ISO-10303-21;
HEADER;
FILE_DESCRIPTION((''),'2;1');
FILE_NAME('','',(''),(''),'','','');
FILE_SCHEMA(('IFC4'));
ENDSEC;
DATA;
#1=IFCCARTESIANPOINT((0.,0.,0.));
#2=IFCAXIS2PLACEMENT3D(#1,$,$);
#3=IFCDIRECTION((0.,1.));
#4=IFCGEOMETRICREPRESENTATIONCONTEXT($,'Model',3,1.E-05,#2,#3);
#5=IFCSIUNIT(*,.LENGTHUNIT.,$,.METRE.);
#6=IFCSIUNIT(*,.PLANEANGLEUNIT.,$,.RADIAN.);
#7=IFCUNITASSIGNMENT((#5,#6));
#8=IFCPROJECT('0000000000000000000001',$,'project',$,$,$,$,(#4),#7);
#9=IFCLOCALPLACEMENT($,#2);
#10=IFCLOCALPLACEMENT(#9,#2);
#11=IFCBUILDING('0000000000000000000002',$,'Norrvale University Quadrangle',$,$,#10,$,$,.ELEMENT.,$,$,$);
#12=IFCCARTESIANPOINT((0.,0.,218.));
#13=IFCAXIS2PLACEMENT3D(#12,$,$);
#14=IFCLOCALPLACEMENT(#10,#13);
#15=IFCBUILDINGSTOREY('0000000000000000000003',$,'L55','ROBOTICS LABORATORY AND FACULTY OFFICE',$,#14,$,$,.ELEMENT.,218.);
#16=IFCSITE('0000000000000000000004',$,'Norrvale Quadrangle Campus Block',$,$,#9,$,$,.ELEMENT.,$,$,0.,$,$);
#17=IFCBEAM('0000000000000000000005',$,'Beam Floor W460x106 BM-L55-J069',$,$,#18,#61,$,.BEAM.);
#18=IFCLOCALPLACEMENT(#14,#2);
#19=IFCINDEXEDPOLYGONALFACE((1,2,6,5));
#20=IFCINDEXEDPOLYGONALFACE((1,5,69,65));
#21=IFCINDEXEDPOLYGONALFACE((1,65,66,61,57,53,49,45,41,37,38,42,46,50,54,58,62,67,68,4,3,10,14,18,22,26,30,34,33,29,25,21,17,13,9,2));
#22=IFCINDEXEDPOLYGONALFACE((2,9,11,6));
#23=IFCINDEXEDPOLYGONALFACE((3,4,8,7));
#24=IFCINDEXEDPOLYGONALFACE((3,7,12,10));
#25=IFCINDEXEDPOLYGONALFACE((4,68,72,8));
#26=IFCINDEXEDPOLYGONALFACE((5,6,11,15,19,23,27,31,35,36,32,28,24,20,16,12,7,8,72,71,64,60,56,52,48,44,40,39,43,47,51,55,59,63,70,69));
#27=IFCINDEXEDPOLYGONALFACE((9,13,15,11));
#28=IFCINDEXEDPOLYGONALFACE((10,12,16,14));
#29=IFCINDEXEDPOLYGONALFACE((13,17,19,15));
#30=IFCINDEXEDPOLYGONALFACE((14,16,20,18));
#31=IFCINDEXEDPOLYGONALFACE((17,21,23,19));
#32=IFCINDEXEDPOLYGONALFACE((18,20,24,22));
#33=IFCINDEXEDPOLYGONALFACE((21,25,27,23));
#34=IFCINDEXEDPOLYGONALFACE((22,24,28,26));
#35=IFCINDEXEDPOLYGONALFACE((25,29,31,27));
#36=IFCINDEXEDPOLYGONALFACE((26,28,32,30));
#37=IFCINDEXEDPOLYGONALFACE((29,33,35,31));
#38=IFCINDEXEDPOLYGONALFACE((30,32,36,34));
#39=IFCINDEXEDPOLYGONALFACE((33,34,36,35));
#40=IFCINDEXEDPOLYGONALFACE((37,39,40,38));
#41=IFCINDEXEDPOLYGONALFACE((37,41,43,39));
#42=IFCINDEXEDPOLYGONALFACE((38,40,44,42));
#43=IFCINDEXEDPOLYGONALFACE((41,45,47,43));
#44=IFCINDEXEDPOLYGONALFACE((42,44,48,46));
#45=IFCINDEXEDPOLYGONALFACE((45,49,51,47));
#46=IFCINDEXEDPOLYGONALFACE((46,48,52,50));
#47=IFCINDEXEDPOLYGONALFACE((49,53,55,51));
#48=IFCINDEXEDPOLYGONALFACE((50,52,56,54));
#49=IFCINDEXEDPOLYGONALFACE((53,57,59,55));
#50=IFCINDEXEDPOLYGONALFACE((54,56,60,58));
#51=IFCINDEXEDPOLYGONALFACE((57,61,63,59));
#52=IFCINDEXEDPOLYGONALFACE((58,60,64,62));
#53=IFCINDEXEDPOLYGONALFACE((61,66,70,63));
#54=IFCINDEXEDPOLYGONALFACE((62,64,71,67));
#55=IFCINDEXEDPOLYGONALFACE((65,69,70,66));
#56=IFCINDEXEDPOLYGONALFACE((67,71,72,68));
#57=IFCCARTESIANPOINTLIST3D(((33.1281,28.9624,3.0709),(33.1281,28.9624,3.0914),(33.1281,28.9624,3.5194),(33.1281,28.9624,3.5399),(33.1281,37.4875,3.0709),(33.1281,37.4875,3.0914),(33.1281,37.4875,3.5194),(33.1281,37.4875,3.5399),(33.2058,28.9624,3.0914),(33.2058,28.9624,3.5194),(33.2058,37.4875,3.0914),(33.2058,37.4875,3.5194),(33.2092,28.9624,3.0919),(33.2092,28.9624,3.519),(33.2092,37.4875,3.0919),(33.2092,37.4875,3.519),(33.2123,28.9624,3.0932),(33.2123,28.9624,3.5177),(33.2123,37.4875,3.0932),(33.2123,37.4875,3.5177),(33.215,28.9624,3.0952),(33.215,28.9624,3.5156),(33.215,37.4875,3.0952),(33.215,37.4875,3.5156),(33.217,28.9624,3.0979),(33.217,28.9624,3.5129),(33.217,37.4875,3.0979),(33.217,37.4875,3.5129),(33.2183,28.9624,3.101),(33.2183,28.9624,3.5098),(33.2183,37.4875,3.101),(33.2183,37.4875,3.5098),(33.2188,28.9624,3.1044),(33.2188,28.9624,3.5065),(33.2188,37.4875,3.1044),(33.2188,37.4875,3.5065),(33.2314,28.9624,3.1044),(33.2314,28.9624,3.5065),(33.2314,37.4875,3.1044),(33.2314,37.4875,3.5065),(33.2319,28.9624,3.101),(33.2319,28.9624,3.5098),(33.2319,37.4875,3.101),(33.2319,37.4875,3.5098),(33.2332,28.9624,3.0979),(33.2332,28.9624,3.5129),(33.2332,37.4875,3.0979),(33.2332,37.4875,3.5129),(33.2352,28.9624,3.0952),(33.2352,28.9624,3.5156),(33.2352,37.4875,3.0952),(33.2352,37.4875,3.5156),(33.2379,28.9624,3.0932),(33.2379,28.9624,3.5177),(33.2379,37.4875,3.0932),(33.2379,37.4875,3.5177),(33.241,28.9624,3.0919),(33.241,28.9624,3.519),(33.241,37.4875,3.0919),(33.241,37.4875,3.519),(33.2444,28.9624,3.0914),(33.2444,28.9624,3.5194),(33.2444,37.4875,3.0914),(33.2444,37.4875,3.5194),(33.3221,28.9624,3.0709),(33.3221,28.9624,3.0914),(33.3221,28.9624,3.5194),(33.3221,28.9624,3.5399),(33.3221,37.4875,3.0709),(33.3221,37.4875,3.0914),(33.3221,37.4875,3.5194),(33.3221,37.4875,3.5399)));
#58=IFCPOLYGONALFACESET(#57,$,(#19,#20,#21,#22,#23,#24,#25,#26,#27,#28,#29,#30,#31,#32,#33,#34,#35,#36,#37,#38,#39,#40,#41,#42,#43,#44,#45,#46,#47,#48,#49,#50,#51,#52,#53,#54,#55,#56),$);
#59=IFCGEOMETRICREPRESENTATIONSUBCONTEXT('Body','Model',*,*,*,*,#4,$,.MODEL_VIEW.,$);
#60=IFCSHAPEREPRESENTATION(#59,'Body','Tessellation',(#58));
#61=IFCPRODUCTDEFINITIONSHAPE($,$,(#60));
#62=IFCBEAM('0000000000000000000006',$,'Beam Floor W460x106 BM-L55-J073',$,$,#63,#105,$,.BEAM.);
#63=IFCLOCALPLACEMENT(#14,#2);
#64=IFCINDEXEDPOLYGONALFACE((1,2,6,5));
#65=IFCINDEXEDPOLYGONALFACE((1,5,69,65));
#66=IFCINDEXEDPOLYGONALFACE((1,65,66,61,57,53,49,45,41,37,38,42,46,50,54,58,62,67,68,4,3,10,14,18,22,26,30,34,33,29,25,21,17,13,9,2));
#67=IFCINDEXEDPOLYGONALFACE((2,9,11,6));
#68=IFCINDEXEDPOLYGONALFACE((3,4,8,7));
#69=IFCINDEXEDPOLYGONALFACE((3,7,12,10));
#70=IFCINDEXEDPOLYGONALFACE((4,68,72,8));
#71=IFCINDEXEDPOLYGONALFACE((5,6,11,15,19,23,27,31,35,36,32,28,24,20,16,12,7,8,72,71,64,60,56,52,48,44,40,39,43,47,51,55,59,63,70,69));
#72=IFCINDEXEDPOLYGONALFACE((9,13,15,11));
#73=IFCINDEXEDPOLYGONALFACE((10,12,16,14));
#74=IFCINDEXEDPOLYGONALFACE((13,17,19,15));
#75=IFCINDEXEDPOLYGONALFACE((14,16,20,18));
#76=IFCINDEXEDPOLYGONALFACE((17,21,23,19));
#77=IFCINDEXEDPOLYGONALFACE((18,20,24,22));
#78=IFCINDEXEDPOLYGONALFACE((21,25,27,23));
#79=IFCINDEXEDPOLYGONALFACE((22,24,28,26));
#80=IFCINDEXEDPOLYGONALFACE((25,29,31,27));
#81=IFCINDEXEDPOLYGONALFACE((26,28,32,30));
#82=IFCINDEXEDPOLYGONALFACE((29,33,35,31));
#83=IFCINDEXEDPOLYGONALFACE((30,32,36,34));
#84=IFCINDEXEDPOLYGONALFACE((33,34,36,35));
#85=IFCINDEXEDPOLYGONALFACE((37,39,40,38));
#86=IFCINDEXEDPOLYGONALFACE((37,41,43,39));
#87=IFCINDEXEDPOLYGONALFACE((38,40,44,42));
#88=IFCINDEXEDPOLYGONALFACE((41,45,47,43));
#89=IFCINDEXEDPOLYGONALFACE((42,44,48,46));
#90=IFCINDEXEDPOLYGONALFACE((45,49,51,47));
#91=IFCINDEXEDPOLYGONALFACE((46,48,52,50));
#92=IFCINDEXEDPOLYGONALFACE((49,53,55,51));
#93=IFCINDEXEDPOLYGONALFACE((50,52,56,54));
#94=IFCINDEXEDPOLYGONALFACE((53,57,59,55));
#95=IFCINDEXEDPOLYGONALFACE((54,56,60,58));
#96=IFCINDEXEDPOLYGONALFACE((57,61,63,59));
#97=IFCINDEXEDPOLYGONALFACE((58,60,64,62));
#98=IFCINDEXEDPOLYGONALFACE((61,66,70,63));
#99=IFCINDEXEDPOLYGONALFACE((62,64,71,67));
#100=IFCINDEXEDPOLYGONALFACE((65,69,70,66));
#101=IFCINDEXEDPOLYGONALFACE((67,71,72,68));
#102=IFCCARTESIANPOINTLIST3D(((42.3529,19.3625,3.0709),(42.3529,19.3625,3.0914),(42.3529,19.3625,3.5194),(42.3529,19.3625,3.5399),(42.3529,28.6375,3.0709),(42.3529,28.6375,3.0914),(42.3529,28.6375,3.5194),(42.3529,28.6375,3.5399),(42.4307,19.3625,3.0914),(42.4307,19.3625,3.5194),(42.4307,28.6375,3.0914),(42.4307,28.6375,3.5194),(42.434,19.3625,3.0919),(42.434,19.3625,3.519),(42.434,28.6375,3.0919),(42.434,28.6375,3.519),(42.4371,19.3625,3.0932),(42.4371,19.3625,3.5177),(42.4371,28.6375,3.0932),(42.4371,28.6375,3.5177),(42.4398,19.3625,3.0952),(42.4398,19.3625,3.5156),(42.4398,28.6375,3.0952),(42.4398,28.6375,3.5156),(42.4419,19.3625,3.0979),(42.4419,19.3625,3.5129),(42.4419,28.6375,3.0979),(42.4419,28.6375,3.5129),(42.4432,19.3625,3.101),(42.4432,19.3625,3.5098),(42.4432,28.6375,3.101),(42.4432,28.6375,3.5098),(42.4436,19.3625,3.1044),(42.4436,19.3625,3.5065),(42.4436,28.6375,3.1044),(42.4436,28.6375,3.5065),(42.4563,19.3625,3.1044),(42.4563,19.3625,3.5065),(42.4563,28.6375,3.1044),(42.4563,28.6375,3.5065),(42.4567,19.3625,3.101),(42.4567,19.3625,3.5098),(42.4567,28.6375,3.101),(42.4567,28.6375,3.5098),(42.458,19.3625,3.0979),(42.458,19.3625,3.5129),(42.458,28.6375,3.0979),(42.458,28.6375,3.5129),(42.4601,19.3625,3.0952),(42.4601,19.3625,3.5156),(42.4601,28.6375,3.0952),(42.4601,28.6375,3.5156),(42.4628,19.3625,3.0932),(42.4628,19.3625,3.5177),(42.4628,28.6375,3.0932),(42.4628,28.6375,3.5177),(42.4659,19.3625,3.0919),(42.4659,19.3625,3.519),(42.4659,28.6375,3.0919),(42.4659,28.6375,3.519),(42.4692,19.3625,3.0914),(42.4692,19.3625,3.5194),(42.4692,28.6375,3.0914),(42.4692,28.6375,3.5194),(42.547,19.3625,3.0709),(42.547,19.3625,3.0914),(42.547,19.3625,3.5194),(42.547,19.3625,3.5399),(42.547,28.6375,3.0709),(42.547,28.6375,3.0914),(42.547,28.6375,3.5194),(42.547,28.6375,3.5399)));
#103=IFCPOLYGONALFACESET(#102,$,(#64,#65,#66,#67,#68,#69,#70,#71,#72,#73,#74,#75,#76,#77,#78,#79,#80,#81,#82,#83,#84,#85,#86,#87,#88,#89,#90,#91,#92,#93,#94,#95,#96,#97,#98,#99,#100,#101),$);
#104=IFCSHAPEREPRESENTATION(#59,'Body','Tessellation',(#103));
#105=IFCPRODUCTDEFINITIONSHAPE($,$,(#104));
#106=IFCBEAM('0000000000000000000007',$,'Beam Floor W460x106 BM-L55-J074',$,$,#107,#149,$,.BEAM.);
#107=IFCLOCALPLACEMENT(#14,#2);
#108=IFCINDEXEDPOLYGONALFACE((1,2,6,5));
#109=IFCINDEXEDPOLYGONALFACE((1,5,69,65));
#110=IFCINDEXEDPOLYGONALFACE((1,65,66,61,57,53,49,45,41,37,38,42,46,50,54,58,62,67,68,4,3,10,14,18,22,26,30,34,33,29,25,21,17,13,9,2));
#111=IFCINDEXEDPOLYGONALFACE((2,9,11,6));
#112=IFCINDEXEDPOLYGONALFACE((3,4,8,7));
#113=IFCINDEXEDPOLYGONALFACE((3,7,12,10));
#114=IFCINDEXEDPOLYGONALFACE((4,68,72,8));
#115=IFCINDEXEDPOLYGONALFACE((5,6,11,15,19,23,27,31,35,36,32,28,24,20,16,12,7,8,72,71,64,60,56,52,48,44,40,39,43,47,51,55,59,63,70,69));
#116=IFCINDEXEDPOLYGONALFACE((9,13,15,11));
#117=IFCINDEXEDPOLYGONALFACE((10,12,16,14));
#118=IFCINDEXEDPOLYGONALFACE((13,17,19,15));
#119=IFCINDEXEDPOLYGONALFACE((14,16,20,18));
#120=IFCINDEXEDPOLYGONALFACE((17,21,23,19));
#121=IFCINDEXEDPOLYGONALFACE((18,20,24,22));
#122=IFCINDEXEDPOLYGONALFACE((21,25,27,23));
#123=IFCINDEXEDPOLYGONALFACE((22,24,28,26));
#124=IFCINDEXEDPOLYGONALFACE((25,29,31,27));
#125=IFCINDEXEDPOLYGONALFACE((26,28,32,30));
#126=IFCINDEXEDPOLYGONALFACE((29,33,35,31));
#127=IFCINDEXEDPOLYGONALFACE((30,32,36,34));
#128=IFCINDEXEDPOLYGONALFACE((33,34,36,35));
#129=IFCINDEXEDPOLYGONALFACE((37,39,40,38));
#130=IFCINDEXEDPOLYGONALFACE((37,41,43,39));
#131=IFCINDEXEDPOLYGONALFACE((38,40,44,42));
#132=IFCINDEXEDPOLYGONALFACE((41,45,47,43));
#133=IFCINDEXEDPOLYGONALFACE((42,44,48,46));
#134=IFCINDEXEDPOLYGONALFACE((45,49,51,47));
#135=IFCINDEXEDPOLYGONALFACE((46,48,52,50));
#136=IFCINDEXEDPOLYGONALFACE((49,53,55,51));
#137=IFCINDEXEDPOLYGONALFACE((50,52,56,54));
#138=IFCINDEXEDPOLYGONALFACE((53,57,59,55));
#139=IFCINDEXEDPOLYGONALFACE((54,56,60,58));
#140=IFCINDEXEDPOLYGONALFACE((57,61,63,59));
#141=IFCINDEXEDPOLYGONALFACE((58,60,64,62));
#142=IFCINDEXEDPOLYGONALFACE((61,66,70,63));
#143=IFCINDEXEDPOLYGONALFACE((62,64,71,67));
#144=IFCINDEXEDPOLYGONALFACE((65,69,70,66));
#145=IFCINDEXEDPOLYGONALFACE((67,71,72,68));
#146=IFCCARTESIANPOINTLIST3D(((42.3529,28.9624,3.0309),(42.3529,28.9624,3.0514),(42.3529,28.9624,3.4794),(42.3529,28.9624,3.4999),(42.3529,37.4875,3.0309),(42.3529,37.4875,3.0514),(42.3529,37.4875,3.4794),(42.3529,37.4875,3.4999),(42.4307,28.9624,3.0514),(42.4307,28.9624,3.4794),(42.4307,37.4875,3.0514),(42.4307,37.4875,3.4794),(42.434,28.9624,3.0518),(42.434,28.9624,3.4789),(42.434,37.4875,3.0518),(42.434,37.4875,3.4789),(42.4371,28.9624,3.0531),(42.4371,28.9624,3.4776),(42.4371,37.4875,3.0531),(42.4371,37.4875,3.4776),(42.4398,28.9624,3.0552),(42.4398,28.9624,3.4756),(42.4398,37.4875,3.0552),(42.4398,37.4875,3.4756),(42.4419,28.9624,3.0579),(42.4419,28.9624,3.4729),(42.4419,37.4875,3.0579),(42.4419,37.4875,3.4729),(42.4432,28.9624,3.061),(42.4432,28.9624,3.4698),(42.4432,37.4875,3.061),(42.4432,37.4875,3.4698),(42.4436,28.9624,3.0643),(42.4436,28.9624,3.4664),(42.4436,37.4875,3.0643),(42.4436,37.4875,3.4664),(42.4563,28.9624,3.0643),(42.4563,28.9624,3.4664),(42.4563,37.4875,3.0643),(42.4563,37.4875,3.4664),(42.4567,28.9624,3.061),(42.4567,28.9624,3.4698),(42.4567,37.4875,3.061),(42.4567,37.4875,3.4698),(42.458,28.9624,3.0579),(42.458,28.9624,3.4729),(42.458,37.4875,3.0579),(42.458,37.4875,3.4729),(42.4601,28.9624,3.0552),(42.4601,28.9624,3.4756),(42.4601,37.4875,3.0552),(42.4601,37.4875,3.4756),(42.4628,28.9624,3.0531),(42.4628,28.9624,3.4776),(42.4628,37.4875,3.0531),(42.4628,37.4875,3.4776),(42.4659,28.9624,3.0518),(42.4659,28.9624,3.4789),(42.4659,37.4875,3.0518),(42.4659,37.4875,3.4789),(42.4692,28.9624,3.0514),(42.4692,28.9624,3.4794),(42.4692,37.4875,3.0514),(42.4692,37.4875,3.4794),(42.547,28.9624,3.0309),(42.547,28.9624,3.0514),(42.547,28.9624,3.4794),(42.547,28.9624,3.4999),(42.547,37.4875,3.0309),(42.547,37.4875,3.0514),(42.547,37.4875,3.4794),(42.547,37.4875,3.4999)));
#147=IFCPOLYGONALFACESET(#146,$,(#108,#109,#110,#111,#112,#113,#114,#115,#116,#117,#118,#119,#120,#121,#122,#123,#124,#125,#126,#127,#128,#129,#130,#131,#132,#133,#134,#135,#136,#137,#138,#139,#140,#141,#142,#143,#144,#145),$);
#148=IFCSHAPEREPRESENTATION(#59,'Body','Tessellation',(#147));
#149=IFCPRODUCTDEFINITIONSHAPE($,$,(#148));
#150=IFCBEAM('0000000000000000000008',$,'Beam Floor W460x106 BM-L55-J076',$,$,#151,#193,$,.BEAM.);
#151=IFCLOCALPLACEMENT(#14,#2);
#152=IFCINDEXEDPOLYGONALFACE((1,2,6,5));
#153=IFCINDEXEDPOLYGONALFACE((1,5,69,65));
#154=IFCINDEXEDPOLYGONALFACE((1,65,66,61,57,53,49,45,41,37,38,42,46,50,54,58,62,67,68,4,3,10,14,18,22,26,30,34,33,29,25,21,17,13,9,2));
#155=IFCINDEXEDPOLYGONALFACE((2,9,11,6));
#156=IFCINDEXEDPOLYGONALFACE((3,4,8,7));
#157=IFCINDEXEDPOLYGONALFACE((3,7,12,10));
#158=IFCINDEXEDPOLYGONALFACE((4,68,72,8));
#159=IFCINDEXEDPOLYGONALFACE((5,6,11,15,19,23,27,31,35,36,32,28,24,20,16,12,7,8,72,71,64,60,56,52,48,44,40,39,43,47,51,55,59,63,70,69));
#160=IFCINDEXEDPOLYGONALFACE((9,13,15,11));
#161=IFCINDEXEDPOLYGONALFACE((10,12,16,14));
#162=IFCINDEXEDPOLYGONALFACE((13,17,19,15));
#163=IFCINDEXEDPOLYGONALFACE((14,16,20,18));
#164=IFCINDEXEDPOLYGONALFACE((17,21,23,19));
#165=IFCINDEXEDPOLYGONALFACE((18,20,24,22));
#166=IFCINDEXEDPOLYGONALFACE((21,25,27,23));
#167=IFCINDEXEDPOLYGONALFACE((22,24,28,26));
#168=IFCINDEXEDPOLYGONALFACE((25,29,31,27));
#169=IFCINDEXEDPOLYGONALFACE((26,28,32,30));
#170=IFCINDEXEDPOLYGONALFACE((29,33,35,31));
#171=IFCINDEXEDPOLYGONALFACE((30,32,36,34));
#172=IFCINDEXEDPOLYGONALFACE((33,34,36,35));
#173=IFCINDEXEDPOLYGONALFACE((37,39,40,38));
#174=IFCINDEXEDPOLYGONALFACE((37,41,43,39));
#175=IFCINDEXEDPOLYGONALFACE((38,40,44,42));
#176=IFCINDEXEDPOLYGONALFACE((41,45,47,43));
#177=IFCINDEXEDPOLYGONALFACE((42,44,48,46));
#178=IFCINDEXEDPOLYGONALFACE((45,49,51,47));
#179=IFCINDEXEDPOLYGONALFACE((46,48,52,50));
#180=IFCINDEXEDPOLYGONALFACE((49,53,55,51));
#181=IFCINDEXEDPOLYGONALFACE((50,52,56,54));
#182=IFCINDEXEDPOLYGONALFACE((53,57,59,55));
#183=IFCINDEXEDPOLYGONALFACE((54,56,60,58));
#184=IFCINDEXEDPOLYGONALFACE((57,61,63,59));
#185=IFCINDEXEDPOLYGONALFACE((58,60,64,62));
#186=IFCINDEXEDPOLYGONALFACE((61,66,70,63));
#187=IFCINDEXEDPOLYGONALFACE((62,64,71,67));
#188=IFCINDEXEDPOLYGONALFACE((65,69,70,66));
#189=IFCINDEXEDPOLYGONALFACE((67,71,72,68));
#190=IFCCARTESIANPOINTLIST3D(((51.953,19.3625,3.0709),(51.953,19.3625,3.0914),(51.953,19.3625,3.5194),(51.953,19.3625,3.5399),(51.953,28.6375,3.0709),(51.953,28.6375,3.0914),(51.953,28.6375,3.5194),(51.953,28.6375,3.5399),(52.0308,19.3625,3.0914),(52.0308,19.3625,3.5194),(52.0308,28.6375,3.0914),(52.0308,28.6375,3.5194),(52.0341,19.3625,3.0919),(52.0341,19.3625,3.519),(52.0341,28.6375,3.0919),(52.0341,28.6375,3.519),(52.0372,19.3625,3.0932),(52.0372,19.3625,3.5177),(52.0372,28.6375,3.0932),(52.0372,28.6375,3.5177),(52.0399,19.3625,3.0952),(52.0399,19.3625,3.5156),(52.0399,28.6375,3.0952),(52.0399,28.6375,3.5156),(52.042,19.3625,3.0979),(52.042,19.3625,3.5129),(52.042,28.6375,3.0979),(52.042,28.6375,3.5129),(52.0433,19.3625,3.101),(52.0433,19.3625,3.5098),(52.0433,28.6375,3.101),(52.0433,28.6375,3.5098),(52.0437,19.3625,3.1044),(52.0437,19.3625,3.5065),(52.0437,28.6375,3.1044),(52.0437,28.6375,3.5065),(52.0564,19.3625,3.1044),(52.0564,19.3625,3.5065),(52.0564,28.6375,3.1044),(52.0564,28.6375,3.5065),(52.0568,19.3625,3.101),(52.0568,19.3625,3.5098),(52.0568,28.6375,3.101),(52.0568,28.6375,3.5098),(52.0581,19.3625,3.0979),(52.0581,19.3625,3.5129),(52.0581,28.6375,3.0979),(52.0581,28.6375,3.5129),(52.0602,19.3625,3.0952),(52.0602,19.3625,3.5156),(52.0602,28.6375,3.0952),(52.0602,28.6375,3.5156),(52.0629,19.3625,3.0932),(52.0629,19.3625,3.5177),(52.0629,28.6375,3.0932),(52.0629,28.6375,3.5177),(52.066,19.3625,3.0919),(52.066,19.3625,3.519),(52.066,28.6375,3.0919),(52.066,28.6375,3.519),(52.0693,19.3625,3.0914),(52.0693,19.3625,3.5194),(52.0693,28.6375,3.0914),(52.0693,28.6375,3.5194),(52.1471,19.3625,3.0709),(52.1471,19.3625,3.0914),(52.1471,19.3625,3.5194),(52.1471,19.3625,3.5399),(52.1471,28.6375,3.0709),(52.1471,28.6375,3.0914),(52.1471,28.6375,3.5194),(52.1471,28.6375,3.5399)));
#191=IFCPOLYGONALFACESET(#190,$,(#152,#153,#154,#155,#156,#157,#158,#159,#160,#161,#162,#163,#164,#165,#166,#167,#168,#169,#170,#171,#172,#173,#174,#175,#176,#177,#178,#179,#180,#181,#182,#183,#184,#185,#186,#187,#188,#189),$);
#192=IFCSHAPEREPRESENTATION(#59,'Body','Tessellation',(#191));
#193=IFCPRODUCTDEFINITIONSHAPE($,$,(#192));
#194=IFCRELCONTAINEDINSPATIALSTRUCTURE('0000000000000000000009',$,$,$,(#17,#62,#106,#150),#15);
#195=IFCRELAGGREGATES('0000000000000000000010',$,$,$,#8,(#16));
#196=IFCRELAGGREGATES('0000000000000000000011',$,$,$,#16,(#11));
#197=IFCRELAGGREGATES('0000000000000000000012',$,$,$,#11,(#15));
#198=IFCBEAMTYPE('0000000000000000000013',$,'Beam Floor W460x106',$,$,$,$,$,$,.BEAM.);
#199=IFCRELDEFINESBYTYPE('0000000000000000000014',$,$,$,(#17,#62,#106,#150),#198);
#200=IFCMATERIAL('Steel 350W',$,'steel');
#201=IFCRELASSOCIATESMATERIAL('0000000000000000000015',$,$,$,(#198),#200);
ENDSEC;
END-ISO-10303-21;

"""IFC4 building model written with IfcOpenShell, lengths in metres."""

from ifc_helpers import new_model, si_unit, direction, frame, origin, origin_2d, place, context, subcontext, project, spatial, i_section, extrude, material, material_profile, profile_set, type_object, element, save


model = new_model("IFC4")

# Units and contexts
model_context = context("Model", 3, precision=1e-05, world=origin(), true_north=direction((0.0, 1.0)))
body_context = subcontext(model_context, "Body", "Model", "MODEL_VIEW")
ifc_project = project(units=[si_unit("LENGTHUNIT", "METRE"), si_unit("PLANEANGLEUNIT", "RADIAN")], contexts=[model_context])

# Site, building, storey
site_placement = place(None, origin())
site = spatial("IfcSite", under=ifc_project, at=site_placement, Name="Norrvale Quadrangle Campus Block", CompositionType="ELEMENT", RefElevation=0.0)
building_placement = place(site_placement, origin())
building = spatial("IfcBuilding", under=site, at=building_placement, Name="Norrvale University Quadrangle", CompositionType="ELEMENT")
storey_placement = place(building_placement, frame((0.0, 0.0, 218.0)))
storey = spatial("IfcBuildingStorey", under=building, at=storey_placement, Name="L55", Description="ROBOTICS LABORATORY AND FACULTY OFFICE", CompositionType="ELEMENT", Elevation=218.0)

# Beams
ifc_material_1 = material(Name="Steel 350W", Category="steel")
ifc_material_profile_1 = material_profile(ifc_material_1, i_section(OverallWidth=0.1941, OverallDepth=0.469, WebThickness=0.0127, FlangeThickness=0.0205, FilletRadius=0.0129, at=origin_2d()), Name="Steel 350W")
ifc_profile_set_1 = profile_set([ifc_material_profile_1], Name="Steel 350W")
beam_type_1 = type_object("IfcBeamType", Name="Beam Floor W460x106", PredefinedType="BEAM", material=ifc_profile_set_1)
beam_1_placement = place(storey_placement, frame((33.2251, 28.9624, 3.3054), z_axis=(0.0, 1.0, 0.0), x_axis=(-1.0, 0.0, 0.0)))
element("IfcBeam", 1, at=beam_1_placement, inside=storey, type_object=beam_type_1, Name="Beam Floor W460x106 BM-L55-J069", PredefinedType="BEAM", context=body_context, shape_type="SweptSolid", body=[
    extrude(i_section(OverallWidth=0.1941, OverallDepth=0.469, WebThickness=0.0127, FlangeThickness=0.0205, FilletRadius=0.0129, at=origin_2d()), origin(), (0.0, 0.0, 1.0), 8.5251),
])
beam_2_placement = place(storey_placement, frame((42.45, 19.3625, 3.3054), z_axis=(0.0, 1.0, 0.0), x_axis=(-1.0, 0.0, 0.0)))
element("IfcBeam", 2, at=beam_2_placement, inside=storey, type_object=beam_type_1, Name="Beam Floor W460x106 BM-L55-J073", PredefinedType="BEAM", context=body_context, shape_type="SweptSolid", body=[
    extrude(i_section(OverallWidth=0.1941, OverallDepth=0.469, WebThickness=0.0127, FlangeThickness=0.0205, FilletRadius=0.0129, at=origin_2d()), origin(), (0.0, 0.0, 1.0), 9.2749),
])
beam_3_placement = place(storey_placement, frame((42.45, 28.9624, 3.2654), z_axis=(0.0, 1.0, 0.0), x_axis=(-1.0, 0.0, 0.0)))
element("IfcBeam", 3, at=beam_3_placement, inside=storey, type_object=beam_type_1, Name="Beam Floor W460x106 BM-L55-J074", PredefinedType="BEAM", context=body_context, shape_type="SweptSolid", body=[
    extrude(i_section(OverallWidth=0.1941, OverallDepth=0.469, WebThickness=0.0127, FlangeThickness=0.0205, FilletRadius=0.0129, at=origin_2d()), origin(), (0.0, 0.0, 1.0), 8.5251),
])
beam_4_placement = place(storey_placement, frame((52.05, 19.3625, 3.3054), z_axis=(0.0, 1.0, 0.0), x_axis=(-1.0, 0.0, 0.0)))
element("IfcBeam", 4, at=beam_4_placement, inside=storey, type_object=beam_type_1, Name="Beam Floor W460x106 BM-L55-J076", PredefinedType="BEAM", context=body_context, shape_type="SweptSolid", body=[
    extrude(i_section(OverallWidth=0.1941, OverallDepth=0.469, WebThickness=0.0127, FlangeThickness=0.0205, FilletRadius=0.0129, at=origin_2d()), origin(), (0.0, 0.0, 1.0), 9.2749),
])

save(model, "model.ifc")
